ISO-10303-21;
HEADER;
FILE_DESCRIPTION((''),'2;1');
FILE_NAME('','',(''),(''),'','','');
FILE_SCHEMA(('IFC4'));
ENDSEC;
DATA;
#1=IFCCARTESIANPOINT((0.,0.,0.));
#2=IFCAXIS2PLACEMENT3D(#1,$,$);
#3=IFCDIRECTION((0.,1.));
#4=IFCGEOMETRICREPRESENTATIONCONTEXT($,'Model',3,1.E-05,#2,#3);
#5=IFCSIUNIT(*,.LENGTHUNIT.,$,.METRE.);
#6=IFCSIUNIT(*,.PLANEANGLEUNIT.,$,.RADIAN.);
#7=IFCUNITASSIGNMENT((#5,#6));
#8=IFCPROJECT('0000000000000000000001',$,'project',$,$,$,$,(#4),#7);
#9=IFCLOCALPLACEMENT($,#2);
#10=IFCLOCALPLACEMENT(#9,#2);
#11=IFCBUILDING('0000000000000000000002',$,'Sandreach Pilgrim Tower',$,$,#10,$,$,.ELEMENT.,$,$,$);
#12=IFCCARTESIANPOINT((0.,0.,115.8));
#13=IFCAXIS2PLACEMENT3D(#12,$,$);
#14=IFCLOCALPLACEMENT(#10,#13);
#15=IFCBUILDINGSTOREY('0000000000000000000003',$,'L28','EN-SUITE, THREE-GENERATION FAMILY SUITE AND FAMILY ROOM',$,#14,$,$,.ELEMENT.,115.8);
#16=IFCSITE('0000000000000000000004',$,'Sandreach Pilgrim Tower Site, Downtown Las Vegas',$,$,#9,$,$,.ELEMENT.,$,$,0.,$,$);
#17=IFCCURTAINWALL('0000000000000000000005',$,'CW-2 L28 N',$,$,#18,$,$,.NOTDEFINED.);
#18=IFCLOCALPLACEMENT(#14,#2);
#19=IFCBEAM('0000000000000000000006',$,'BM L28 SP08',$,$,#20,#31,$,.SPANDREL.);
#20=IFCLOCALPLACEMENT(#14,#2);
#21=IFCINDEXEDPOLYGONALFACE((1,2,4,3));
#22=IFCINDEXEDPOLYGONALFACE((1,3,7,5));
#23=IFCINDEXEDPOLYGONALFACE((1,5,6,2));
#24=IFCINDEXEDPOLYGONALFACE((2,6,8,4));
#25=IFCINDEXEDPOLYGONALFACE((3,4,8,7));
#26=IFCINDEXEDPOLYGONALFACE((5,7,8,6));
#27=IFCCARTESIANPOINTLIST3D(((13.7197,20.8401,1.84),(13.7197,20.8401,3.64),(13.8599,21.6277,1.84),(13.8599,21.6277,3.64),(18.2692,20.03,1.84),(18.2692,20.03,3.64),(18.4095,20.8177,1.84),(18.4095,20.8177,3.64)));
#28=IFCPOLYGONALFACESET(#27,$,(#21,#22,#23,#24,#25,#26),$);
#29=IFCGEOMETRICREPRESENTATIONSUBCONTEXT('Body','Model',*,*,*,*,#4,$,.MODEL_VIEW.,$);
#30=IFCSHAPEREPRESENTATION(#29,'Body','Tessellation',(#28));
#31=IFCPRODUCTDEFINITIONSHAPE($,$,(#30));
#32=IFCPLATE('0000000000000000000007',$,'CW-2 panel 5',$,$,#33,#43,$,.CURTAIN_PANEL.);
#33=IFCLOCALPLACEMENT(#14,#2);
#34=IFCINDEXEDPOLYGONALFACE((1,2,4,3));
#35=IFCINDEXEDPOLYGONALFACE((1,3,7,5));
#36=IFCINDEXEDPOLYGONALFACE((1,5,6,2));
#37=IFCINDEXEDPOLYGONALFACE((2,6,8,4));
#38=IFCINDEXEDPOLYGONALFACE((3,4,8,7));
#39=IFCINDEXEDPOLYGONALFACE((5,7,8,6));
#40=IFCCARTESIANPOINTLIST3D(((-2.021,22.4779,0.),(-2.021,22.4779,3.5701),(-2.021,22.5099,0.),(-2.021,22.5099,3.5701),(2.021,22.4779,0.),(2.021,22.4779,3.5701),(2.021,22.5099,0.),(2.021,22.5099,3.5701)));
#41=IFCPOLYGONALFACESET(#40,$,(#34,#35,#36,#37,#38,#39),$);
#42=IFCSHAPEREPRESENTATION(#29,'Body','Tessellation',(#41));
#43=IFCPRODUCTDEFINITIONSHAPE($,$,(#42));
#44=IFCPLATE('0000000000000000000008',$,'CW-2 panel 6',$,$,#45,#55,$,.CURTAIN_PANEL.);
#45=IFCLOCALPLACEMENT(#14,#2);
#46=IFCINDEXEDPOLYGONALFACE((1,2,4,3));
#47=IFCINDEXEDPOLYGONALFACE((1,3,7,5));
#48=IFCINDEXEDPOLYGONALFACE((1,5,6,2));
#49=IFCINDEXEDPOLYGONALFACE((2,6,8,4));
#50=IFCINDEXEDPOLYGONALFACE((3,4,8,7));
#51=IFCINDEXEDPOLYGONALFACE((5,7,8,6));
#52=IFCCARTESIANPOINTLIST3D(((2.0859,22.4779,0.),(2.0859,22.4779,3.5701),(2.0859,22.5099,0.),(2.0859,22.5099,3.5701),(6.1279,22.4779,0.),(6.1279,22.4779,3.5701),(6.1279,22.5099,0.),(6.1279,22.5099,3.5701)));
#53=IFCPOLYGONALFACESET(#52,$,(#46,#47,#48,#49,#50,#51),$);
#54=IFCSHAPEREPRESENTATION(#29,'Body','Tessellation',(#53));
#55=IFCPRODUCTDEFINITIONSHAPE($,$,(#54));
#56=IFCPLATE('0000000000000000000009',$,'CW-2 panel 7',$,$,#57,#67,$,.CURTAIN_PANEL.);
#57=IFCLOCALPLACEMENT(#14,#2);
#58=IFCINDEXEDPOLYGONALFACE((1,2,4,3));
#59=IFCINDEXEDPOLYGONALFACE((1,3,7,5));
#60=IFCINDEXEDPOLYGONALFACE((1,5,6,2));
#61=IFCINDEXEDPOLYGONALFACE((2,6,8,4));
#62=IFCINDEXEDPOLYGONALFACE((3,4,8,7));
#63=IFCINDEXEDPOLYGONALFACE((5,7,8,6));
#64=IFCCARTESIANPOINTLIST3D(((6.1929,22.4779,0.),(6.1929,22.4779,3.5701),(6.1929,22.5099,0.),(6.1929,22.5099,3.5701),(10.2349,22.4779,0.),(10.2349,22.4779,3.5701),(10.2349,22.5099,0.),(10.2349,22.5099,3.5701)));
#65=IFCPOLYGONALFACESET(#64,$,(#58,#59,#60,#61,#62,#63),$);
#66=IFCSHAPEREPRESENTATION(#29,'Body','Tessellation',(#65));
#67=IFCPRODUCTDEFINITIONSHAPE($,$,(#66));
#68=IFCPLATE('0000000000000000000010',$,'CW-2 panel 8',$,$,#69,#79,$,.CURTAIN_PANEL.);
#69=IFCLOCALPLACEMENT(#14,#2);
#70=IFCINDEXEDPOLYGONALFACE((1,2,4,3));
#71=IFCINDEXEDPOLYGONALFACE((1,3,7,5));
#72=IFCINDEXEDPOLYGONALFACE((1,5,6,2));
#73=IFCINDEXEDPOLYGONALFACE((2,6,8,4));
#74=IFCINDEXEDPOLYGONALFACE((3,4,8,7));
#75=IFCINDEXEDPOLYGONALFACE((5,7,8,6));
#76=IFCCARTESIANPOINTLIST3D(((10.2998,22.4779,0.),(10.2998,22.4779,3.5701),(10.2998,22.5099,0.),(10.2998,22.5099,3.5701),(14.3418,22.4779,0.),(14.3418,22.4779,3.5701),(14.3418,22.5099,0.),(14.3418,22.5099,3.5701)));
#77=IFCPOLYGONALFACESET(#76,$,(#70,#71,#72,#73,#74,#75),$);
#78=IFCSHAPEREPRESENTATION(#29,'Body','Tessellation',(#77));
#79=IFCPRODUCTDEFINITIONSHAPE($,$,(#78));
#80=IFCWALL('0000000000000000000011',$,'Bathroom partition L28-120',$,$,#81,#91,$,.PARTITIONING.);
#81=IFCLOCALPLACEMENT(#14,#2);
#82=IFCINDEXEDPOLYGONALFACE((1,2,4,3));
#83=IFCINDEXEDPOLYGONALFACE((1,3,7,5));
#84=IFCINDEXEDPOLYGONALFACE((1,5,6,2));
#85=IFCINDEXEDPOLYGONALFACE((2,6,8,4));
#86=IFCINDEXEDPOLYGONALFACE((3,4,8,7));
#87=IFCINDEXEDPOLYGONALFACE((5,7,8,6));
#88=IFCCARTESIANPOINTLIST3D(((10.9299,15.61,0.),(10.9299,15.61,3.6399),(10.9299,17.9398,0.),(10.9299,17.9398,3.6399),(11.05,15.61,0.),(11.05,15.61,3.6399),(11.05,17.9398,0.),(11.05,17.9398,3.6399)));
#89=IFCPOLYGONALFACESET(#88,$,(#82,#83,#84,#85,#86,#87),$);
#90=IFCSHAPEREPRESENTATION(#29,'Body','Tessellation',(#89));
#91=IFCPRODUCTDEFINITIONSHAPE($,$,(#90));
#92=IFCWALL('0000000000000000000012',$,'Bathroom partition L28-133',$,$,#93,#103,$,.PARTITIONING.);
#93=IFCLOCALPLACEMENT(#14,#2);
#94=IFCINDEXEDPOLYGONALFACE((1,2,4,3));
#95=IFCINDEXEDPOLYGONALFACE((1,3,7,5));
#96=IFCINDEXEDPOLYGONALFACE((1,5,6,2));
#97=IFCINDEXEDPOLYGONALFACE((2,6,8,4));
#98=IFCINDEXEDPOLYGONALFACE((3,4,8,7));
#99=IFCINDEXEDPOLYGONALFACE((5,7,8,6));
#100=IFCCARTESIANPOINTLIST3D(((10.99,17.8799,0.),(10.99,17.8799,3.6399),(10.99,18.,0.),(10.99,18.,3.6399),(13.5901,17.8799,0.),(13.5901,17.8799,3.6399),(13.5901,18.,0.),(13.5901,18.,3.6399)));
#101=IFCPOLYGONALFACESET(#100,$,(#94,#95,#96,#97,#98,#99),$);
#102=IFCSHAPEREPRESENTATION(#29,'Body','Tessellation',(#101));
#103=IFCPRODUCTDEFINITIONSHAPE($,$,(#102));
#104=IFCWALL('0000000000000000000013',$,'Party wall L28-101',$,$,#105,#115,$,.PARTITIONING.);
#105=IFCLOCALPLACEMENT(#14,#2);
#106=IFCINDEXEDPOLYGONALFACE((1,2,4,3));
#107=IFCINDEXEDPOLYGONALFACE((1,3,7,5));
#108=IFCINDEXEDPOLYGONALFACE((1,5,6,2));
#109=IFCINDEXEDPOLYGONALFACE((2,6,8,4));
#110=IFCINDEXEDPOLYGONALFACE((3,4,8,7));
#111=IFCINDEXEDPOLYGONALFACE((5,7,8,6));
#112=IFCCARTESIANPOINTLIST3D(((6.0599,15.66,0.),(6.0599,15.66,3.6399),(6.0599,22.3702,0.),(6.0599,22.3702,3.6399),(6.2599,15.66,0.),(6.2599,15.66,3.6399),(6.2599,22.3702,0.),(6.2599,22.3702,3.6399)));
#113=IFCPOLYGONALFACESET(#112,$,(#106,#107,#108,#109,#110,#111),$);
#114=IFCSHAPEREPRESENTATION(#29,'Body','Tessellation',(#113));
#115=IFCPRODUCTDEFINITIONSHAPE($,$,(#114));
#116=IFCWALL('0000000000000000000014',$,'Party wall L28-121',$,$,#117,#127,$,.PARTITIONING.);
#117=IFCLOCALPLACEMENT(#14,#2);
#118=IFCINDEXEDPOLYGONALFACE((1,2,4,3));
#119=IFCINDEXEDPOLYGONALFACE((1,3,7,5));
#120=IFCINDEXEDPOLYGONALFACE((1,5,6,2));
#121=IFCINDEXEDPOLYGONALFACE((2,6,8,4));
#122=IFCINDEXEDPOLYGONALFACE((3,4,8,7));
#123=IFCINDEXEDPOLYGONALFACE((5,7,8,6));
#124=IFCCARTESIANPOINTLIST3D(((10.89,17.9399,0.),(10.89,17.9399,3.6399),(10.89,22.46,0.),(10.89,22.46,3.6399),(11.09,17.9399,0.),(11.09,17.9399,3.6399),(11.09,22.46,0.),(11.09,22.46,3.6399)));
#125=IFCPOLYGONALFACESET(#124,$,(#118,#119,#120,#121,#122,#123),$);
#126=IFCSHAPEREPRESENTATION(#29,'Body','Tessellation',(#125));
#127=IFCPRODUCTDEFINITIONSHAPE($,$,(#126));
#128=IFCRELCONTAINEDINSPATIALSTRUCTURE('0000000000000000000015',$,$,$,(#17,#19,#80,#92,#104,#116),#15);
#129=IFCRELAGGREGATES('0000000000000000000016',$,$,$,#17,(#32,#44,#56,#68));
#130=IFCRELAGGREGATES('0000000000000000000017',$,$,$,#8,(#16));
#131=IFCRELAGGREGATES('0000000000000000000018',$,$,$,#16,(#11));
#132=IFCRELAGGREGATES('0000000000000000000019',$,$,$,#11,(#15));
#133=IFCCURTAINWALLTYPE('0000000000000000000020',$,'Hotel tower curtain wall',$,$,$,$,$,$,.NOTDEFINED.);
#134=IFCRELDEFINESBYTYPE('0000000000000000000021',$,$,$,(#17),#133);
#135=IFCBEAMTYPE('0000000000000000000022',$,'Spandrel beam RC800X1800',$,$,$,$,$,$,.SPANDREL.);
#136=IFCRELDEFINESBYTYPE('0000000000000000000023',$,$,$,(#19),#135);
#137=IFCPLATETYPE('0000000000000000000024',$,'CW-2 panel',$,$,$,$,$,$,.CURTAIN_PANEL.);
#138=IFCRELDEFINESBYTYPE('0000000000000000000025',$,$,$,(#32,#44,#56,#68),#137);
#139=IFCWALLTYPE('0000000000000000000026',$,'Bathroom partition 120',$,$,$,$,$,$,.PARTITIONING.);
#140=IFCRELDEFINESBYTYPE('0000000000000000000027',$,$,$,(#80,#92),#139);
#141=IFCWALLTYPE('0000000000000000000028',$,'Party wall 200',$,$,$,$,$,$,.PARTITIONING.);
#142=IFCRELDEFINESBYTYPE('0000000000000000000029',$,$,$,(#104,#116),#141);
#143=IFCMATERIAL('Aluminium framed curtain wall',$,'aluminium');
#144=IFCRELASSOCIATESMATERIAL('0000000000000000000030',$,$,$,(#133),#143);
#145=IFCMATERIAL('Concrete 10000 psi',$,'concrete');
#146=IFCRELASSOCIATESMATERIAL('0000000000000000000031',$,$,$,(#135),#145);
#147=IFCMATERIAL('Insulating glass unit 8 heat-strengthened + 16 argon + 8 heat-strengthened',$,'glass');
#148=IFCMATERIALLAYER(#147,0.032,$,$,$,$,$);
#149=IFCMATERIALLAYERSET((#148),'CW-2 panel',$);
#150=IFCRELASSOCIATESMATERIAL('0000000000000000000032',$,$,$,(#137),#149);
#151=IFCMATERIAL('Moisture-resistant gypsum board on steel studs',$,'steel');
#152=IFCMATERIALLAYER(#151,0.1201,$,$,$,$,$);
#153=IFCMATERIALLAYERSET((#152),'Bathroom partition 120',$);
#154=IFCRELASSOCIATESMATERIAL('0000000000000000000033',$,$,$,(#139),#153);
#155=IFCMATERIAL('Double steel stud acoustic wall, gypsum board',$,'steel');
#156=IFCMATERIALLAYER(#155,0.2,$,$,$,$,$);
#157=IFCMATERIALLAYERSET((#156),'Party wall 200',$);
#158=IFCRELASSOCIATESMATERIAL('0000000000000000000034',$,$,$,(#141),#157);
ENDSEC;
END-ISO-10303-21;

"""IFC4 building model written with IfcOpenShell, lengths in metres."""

from ifc_helpers import new_model, si_unit, direction, frame, frame_2d, origin, origin_2d, place, context, subcontext, project, spatial, rectangle, extrude, material, layer, layer_set, material_profile, profile_set, type_object, element, aggregate, save


model = new_model("IFC4")

# Units and contexts
model_context = context("Model", 3, precision=1e-05, world=origin(), true_north=direction((0.0, 1.0)))
body_context = subcontext(model_context, "Body", "Model", "MODEL_VIEW")
ifc_project = project(units=[si_unit("LENGTHUNIT", "METRE"), si_unit("PLANEANGLEUNIT", "RADIAN")], contexts=[model_context])

# Site, building, storey
site_placement = place(None, origin())
site = spatial("IfcSite", under=ifc_project, at=site_placement, Name="Sandreach Pilgrim Tower Site, Downtown Las Vegas", CompositionType="ELEMENT", RefElevation=0.0)
building_placement = place(site_placement, origin())
building = spatial("IfcBuilding", under=site, at=building_placement, Name="Sandreach Pilgrim Tower", CompositionType="ELEMENT")
storey_placement = place(building_placement, frame((0.0, 0.0, 115.8)))
storey = spatial("IfcBuildingStorey", under=building, at=storey_placement, Name="L28", Description="EN-SUITE, THREE-GENERATION FAMILY SUITE AND FAMILY ROOM", CompositionType="ELEMENT", Elevation=115.8)

# Curtain wall
ifc_material_1 = material(Name="Aluminium framed curtain wall", Category="aluminium")
curtain_wall_type = type_object("IfcCurtainWallType", Name="Hotel tower curtain wall", PredefinedType="NOTDEFINED", material=ifc_material_1)
curtain_wall_placement = place(storey_placement, origin())
curtain_wall = element("IfcCurtainWall", 1, at=curtain_wall_placement, inside=storey, type_object=curtain_wall_type, Name="CW-2 L28 N", PredefinedType="NOTDEFINED")

# Beam
ifc_material_2 = material(Name="Concrete 10000 psi", Category="concrete")
ifc_material_profile_1 = material_profile(ifc_material_2, rectangle(XDim=0.8, YDim=1.8, at=origin_2d()), Name="RC800X1800")
ifc_profile_set_1 = profile_set([ifc_material_profile_1], Name="Concrete 10000 psi")
beam_type_1 = type_object("IfcBeamType", Name="Spandrel beam RC800X1800", PredefinedType="SPANDREL", material=ifc_profile_set_1)
beam_1_placement = place(storey_placement, frame((13.7898, 21.2339, 2.74), z_axis=(0.984516, -0.175295, 0.0), x_axis=(0.175295, 0.984516, 0.0)))
element("IfcBeam", 2, at=beam_1_placement, inside=storey, type_object=beam_type_1, Name="BM L28 SP08", PredefinedType="SPANDREL", context=body_context, shape_type="SweptSolid", body=[
    extrude(rectangle(XDim=0.8, YDim=1.8, at=origin_2d()), origin(), (0.0, 0.0, 1.0), 4.6211),
])

# Plates
ifc_material_3 = material(Name="Insulating glass unit 8 heat-strengthened + 16 argon + 8 heat-strengthened", Category="glass")
ifc_layer_1 = layer(ifc_material_3, 0.032)
ifc_layer_set_1 = layer_set([ifc_layer_1], Name="CW-2 panel")
plate_type = type_object("IfcPlateType", Name="CW-2 panel", PredefinedType="CURTAIN_PANEL", material=ifc_layer_set_1)
plate_1_placement = place(storey_placement, frame((0.0, 22.4939, 0.0), z_axis=(0.0, 0.0, 1.0), x_axis=(1.0, 0.0, 0.0)))
plate_1 = element("IfcPlate", 3, at=plate_1_placement, type_object=plate_type, Name="CW-2 panel 5", PredefinedType="CURTAIN_PANEL", context=body_context, shape_type="SweptSolid", body=[
    extrude(rectangle(XDim=4.042, YDim=0.032, at=origin_2d()), origin(), (0.0, 0.0, 1.0), 3.5701),
])
plate_2_placement = place(storey_placement, frame((4.1069, 22.4939, 0.0), z_axis=(0.0, 0.0, 1.0), x_axis=(1.0, 0.0, 0.0)))
plate_2 = element("IfcPlate", 4, at=plate_2_placement, type_object=plate_type, Name="CW-2 panel 6", PredefinedType="CURTAIN_PANEL", context=body_context, shape_type="SweptSolid", body=[
    extrude(rectangle(XDim=4.042, YDim=0.032, at=origin_2d()), origin(), (0.0, 0.0, 1.0), 3.5701),
])
plate_3_placement = place(storey_placement, frame((8.2139, 22.4939, 0.0), z_axis=(0.0, 0.0, 1.0), x_axis=(1.0, 0.0, 0.0)))
plate_3 = element("IfcPlate", 5, at=plate_3_placement, type_object=plate_type, Name="CW-2 panel 7", PredefinedType="CURTAIN_PANEL", context=body_context, shape_type="SweptSolid", body=[
    extrude(rectangle(XDim=4.042, YDim=0.032, at=origin_2d()), origin(), (0.0, 0.0, 1.0), 3.5701),
])
plate_4_placement = place(storey_placement, frame((12.3208, 22.4939, 0.0), z_axis=(0.0, 0.0, 1.0), x_axis=(1.0, 0.0, 0.0)))
plate_4 = element("IfcPlate", 6, at=plate_4_placement, type_object=plate_type, Name="CW-2 panel 8", PredefinedType="CURTAIN_PANEL", context=body_context, shape_type="SweptSolid", body=[
    extrude(rectangle(XDim=4.042, YDim=0.032, at=origin_2d()), origin(), (0.0, 0.0, 1.0), 3.5701),
])
aggregate(curtain_wall, [plate_1, plate_2, plate_3, plate_4])

# Walls
ifc_material_4 = material(Name="Moisture-resistant gypsum board on steel studs", Category="steel")
ifc_layer_2 = layer(ifc_material_4, 0.1201)
ifc_layer_set_2 = layer_set([ifc_layer_2], Name="Bathroom partition 120")
wall_type_1 = type_object("IfcWallType", Name="Bathroom partition 120", PredefinedType="PARTITIONING", material=ifc_layer_set_2)
wall_1_placement = place(storey_placement, frame((10.99, 17.9399, 0.0), z_axis=(0.0, 0.0, 1.0), x_axis=(0.0, -1.0, 0.0)))
element("IfcWall", 7, at=wall_1_placement, inside=storey, type_object=wall_type_1, Name="Bathroom partition L28-120", PredefinedType="PARTITIONING", context=body_context, shape_type="SweptSolid", body=[
    extrude(rectangle(XDim=2.3298, YDim=0.1201, at=frame_2d((1.165, 0.0))), origin(), (0.0, 0.0, 1.0), 3.6399),
])
wall_2_placement = place(storey_placement, frame((13.5901, 17.9399, 0.0), z_axis=(0.0, 0.0, 1.0), x_axis=(-1.0, 0.0, 0.0)))
element("IfcWall", 8, at=wall_2_placement, inside=storey, type_object=wall_type_1, Name="Bathroom partition L28-133", PredefinedType="PARTITIONING", context=body_context, shape_type="SweptSolid", body=[
    extrude(rectangle(XDim=2.6001, YDim=0.1201, at=frame_2d((1.3, 0.0))), origin(), (0.0, 0.0, 1.0), 3.6399),
])
ifc_material_5 = material(Name="Double steel stud acoustic wall, gypsum board", Category="steel")
ifc_layer_3 = layer(ifc_material_5, 0.2)
ifc_layer_set_3 = layer_set([ifc_layer_3], Name="Party wall 200")
wall_type_2 = type_object("IfcWallType", Name="Party wall 200", PredefinedType="PARTITIONING", material=ifc_layer_set_3)
wall_3_placement = place(storey_placement, frame((6.1599, 22.3701, 0.0), z_axis=(0.0, 0.0, 1.0), x_axis=(0.0, -1.0, 0.0)))
element("IfcWall", 9, at=wall_3_placement, inside=storey, type_object=wall_type_2, Name="Party wall L28-101", PredefinedType="PARTITIONING", context=body_context, shape_type="SweptSolid", body=[
    extrude(rectangle(XDim=6.7102, YDim=0.2, at=frame_2d((3.355, 0.0))), origin(), (0.0, 0.0, 1.0), 3.6399),
])
wall_4_placement = place(storey_placement, frame((10.99, 22.46, 0.0), z_axis=(0.0, 0.0, 1.0), x_axis=(0.0, -1.0, 0.0)))
element("IfcWall", 10, at=wall_4_placement, inside=storey, type_object=wall_type_2, Name="Party wall L28-121", PredefinedType="PARTITIONING", context=body_context, shape_type="SweptSolid", body=[
    extrude(rectangle(XDim=4.52, YDim=0.2, at=frame_2d((2.26, 0.0))), origin(), (0.0, 0.0, 1.0), 3.6399),
])

save(model, "model.ifc")
